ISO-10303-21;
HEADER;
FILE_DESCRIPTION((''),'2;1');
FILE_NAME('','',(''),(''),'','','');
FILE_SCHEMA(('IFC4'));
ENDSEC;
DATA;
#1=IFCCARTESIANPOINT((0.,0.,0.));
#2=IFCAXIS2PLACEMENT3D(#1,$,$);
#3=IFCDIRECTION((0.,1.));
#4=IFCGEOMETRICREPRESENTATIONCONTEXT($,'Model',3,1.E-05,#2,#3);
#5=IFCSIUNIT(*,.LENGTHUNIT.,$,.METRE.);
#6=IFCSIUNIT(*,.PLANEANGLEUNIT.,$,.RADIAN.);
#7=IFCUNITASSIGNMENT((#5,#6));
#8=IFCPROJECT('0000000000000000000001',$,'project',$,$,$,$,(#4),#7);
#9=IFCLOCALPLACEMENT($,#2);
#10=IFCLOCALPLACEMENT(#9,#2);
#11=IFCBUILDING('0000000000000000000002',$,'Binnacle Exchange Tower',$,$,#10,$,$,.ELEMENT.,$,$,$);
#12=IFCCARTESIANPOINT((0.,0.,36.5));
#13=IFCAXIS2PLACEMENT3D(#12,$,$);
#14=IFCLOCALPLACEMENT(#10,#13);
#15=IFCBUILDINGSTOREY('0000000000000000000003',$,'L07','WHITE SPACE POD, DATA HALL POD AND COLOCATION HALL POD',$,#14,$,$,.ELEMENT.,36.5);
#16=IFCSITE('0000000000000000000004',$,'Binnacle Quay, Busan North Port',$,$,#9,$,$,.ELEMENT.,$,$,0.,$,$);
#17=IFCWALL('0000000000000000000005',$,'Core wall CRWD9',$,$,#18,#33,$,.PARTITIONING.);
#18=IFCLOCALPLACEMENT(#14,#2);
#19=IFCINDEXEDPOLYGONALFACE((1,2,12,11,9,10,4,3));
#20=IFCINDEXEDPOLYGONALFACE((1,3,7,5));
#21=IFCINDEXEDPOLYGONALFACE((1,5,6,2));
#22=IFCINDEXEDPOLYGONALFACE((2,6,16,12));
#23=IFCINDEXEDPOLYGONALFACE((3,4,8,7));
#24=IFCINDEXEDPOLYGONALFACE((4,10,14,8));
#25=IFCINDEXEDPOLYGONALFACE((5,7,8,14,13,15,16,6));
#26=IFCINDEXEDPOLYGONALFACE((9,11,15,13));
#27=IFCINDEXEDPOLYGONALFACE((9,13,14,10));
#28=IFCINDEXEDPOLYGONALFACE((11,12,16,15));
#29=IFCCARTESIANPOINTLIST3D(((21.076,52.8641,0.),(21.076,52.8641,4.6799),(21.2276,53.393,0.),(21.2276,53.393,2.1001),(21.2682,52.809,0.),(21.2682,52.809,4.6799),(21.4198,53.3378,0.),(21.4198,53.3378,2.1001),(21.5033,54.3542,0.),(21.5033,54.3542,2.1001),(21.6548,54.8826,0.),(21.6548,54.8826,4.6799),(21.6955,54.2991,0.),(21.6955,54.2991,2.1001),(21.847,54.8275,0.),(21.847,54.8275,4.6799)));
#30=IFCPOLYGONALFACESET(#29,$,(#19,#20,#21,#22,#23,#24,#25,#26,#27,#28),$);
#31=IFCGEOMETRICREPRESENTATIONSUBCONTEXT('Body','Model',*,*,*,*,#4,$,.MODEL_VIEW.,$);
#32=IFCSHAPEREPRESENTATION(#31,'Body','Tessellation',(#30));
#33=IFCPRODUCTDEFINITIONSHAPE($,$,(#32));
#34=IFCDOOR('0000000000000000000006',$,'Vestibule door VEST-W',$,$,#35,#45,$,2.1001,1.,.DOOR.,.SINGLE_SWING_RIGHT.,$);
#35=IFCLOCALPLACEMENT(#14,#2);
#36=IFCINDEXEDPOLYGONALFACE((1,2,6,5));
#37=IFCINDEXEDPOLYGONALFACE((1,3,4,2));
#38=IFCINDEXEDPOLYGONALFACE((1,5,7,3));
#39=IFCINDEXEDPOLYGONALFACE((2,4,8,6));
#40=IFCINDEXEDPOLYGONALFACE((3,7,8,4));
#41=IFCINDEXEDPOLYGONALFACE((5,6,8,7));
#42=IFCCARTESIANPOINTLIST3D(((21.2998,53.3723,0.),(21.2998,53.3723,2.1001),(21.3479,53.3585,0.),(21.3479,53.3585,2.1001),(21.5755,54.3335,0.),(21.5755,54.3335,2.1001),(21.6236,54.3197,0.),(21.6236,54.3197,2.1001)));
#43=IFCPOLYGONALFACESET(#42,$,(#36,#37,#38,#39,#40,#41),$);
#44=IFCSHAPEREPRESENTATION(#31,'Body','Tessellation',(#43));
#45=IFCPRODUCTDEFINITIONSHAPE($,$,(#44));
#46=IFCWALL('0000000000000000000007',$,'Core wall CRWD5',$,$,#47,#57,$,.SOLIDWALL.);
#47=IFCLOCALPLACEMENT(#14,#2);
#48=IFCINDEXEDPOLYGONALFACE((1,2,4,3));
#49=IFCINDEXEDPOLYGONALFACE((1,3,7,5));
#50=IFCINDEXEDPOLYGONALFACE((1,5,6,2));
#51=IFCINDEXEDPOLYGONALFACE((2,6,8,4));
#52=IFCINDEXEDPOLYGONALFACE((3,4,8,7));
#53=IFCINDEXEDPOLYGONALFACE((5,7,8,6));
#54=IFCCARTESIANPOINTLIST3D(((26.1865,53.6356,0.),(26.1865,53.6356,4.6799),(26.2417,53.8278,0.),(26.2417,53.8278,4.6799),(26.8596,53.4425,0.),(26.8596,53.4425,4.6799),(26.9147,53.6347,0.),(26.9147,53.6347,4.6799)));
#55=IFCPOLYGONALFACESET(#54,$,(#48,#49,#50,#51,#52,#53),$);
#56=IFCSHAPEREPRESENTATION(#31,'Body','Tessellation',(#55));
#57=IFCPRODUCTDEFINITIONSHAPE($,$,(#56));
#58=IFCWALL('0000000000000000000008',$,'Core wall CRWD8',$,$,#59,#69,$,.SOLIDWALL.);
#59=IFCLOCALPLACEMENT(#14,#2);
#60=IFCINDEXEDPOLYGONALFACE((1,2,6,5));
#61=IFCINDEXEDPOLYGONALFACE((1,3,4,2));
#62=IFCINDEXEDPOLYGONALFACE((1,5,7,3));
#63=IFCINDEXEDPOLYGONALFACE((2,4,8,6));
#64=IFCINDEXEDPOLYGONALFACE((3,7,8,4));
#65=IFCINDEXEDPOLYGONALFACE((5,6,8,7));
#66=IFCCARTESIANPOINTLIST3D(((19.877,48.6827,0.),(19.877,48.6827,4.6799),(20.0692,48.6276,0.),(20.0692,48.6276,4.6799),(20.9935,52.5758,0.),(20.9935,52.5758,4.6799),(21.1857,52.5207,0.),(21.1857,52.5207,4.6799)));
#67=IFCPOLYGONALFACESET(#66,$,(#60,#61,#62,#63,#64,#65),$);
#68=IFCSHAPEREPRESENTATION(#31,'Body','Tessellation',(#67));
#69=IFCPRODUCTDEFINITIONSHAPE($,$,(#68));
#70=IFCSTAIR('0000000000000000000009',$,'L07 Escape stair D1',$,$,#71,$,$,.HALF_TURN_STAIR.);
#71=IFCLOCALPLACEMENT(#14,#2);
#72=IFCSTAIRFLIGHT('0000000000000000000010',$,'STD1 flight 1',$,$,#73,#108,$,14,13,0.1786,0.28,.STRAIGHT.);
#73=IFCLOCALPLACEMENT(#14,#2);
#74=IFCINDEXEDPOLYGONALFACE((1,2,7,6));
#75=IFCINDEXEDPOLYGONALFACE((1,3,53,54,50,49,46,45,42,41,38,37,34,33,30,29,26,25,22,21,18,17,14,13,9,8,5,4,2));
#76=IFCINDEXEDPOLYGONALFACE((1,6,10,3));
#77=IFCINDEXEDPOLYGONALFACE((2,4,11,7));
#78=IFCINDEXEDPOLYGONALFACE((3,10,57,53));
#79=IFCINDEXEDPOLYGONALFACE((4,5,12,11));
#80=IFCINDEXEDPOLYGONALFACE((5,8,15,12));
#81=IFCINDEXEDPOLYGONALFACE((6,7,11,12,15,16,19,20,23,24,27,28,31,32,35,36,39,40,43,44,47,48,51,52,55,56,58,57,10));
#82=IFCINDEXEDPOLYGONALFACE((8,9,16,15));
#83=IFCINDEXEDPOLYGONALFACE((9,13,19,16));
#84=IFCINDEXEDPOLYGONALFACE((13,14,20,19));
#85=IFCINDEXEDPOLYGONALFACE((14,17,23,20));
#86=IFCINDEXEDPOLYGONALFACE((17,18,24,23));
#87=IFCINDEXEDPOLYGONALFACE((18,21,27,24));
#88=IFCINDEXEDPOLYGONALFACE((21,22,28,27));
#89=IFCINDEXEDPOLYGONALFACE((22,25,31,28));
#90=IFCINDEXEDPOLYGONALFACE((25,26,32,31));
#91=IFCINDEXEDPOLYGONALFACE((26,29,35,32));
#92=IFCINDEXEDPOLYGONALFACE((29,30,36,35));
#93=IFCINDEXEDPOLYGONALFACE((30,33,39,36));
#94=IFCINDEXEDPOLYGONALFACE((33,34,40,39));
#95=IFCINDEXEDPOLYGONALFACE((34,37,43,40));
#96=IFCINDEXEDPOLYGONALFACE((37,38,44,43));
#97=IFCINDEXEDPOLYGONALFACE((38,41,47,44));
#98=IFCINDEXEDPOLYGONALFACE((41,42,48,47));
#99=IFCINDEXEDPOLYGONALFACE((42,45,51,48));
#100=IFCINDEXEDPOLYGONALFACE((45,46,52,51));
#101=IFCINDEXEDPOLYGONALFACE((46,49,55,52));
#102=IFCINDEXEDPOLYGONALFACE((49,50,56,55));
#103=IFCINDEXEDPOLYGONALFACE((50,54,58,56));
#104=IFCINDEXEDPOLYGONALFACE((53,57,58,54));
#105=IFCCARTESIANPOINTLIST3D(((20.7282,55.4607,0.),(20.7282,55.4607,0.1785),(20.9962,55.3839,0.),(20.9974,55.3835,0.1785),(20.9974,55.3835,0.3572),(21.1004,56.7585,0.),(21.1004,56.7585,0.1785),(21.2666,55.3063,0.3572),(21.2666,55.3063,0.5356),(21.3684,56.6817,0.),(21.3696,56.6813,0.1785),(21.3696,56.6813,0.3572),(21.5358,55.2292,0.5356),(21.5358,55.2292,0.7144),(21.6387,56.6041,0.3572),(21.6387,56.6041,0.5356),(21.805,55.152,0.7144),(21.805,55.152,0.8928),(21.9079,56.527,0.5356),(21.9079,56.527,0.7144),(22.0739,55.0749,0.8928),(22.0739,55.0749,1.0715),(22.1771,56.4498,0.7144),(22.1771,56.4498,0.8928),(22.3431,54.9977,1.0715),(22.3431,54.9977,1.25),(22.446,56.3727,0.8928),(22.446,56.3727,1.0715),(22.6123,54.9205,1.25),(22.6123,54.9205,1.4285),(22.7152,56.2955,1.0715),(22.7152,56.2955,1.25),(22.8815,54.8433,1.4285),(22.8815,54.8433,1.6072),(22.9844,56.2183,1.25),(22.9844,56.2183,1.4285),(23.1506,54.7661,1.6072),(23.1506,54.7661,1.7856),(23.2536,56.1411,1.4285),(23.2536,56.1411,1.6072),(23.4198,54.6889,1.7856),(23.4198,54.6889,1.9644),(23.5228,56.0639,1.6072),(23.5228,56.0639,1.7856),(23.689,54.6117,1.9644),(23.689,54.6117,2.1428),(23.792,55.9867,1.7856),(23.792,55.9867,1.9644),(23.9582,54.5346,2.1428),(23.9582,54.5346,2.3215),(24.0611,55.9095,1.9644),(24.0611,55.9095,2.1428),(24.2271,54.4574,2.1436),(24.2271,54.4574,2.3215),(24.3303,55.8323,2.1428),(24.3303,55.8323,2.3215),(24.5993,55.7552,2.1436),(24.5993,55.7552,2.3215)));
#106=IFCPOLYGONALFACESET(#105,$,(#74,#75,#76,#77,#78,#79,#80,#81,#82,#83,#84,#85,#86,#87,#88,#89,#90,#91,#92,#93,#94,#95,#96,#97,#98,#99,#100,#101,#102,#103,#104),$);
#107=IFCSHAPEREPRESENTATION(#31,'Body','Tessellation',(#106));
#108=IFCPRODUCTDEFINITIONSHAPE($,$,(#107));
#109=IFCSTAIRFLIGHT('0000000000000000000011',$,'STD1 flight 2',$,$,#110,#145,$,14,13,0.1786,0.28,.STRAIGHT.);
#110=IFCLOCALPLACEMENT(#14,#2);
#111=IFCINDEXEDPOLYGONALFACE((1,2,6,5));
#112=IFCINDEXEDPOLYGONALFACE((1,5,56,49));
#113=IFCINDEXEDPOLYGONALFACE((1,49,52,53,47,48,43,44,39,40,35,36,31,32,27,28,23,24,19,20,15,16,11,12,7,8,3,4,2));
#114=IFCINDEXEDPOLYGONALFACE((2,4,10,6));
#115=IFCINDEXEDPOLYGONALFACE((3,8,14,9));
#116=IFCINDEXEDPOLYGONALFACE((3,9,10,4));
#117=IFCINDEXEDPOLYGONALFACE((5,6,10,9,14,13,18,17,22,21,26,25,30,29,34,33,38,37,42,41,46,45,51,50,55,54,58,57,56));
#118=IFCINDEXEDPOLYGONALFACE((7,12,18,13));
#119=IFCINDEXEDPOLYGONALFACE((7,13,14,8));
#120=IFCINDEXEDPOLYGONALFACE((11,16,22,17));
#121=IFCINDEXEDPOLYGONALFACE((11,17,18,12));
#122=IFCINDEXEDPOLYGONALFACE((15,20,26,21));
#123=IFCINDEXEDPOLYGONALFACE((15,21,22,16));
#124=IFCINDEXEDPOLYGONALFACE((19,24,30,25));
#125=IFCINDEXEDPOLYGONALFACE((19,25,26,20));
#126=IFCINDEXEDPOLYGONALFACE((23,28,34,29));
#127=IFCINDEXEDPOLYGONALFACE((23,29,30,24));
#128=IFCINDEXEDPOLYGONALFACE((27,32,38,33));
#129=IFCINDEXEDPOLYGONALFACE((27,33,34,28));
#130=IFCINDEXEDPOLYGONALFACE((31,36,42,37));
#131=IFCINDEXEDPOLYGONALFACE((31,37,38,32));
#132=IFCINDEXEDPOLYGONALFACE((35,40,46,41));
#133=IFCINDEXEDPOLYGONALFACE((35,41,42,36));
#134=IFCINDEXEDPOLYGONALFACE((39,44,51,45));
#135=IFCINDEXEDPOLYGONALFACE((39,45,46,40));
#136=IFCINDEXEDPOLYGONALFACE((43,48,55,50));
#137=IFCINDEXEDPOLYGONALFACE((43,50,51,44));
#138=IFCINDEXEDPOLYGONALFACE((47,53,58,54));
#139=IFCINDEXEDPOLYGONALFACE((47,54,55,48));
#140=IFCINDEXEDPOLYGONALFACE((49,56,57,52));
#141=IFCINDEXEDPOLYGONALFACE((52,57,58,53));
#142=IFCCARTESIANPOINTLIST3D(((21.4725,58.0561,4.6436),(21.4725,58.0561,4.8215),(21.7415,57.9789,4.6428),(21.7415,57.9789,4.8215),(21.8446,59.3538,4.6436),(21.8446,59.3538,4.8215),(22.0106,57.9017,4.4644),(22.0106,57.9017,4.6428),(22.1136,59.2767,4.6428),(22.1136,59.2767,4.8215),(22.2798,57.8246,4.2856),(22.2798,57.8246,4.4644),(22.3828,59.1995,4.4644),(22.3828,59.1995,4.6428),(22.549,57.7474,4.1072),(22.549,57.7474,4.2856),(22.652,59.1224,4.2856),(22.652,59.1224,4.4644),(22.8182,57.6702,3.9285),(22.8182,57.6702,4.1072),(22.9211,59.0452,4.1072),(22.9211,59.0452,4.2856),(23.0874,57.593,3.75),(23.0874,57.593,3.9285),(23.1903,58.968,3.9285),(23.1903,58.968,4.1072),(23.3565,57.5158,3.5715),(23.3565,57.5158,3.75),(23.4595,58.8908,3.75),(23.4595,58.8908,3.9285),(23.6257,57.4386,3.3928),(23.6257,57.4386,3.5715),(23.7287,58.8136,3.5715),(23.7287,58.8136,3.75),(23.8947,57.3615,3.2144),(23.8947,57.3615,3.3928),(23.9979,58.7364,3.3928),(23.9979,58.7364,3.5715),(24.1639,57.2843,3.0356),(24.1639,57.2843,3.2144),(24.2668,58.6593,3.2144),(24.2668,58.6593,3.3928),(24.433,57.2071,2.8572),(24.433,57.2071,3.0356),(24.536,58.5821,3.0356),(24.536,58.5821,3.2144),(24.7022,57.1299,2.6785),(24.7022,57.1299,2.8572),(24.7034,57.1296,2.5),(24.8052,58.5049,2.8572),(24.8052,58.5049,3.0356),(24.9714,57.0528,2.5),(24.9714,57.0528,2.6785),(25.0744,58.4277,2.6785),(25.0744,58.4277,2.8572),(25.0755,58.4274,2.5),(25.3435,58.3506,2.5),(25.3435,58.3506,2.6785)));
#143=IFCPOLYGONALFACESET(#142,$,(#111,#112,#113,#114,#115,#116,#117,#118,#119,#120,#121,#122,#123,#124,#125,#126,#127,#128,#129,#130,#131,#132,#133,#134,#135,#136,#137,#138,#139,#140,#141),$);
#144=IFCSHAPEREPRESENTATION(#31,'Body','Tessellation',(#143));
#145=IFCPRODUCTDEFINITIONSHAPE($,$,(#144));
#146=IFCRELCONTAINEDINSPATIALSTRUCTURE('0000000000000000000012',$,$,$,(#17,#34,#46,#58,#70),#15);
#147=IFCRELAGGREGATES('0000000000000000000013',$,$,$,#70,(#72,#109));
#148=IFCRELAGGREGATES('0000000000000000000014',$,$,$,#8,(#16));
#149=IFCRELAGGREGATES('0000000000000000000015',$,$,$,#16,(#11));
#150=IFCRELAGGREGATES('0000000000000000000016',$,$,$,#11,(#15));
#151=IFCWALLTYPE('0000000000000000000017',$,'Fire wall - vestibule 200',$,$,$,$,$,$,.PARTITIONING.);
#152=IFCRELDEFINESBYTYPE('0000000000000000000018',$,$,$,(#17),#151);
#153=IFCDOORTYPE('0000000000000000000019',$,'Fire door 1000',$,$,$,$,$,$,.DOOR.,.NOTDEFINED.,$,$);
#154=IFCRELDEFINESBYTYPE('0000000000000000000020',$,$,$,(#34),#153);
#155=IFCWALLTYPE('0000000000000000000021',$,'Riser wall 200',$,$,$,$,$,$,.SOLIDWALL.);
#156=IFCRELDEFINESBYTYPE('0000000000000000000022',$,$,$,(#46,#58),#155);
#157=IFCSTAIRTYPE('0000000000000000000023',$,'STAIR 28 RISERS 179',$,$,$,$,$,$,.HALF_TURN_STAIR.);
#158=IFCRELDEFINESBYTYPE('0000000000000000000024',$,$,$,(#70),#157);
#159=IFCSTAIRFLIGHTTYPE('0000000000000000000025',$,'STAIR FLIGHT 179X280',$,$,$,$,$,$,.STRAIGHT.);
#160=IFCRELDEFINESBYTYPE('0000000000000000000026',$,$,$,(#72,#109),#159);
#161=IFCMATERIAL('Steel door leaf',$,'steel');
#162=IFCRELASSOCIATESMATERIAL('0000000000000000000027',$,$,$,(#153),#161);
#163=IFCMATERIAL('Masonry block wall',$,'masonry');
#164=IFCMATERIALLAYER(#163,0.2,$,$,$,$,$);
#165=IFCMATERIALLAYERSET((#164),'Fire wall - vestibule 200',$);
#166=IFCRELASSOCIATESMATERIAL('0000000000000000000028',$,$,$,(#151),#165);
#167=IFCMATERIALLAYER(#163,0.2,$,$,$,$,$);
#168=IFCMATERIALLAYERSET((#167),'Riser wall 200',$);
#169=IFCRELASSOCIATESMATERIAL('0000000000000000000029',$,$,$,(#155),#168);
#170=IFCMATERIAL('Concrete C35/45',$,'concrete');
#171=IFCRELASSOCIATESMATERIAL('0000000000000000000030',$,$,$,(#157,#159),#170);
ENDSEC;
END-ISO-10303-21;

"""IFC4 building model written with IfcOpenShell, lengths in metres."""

from ifc_helpers import new_model, si_unit, direction, frame, frame_2d, origin, place, context, subcontext, project, spatial, polyline, rectangle, outline, extrude, material, layer, layer_set, type_object, element, fill, aggregate, save


model = new_model("IFC4")

# Units and contexts
model_context = context("Model", 3, precision=1e-05, world=origin(), true_north=direction((0.0, 1.0)))
body_context = subcontext(model_context, "Body", "Model", "MODEL_VIEW")
ifc_project = project(units=[si_unit("LENGTHUNIT", "METRE"), si_unit("PLANEANGLEUNIT", "RADIAN")], contexts=[model_context])

# Site, building, storey
site_placement = place(None, origin())
site = spatial("IfcSite", under=ifc_project, at=site_placement, Name="Binnacle Quay, Busan North Port", CompositionType="ELEMENT", RefElevation=0.0)
building_placement = place(site_placement, origin())
building = spatial("IfcBuilding", under=site, at=building_placement, Name="Binnacle Exchange Tower", CompositionType="ELEMENT")
storey_placement = place(building_placement, frame((0.0, 0.0, 36.5)))
storey = spatial("IfcBuildingStorey", under=building, at=storey_placement, Name="L07", Description="WHITE SPACE POD, DATA HALL POD AND COLOCATION HALL POD", CompositionType="ELEMENT", Elevation=36.5)

# Shared definitions
ifc_material_1 = material(Name="Steel door leaf", Category="steel")

# Shared definitions
door_type_1 = type_object("IfcDoorType", Name="Fire door 1000", OperationType="NOTDEFINED", PredefinedType="DOOR", material=ifc_material_1)

# Shared definitions
ifc_material_2 = material(Name="Masonry block wall", Category="masonry")

# Wall, opening, door
ifc_layer_1 = layer(ifc_material_2, 0.2)
ifc_layer_set_1 = layer_set([ifc_layer_1], Name="Fire wall - vestibule 200")
wall_type_1 = type_object("IfcWallType", Name="Fire wall - vestibule 200", PredefinedType="PARTITIONING", material=ifc_layer_set_1)
wall_1_placement = place(storey_placement, frame((21.1721, 52.8367, 0.0), z_axis=(0.0, 0.0, 1.0), x_axis=(0.275658, 0.961256, 0.0)))
wall_1 = element("IfcWall", 1, at=wall_1_placement, inside=storey, type_object=wall_type_1, Name="Core wall CRWD9", PredefinedType="PARTITIONING", context=body_context, shape_type="SweptSolid", body=[
    extrude(rectangle(XDim=2.0999, YDim=0.2, at=frame_2d((1.0498, 0.0))), origin(), (0.0, 0.0, 1.0), 4.6799),
])
opening_1_placement = place(wall_1_placement, frame((0.55, 0.0, 0.0)))
opening_1 = element("IfcOpeningElement", 2, at=opening_1_placement, cuts=wall_1, PredefinedType="OPENING", context=body_context, shape_type="SweptSolid", body=[
    extrude(rectangle(XDim=1.0, YDim=2.1001, at=frame_2d((0.5, 1.05))), frame((0.0, 0.1099, 0.0), z_axis=(0.0, -1.0, 0.0), x_axis=(1.0, 0.0, 0.0)), (0.0, 0.0, 1.0), 0.22),
])
door_1_placement = place(opening_1_placement, origin())
door_1 = element("IfcDoor", 3, at=door_1_placement, inside=storey, type_object=door_type_1, Name="Vestibule door VEST-W", OperationType="SINGLE_SWING_RIGHT", OverallHeight=2.1001, OverallWidth=1.0, PredefinedType="DOOR", context=body_context, shape_type="SweptSolid", body=[
    extrude(rectangle(XDim=1.0, YDim=2.1001, at=frame_2d((0.5, 1.05))), frame((0.0, 0.0249, 0.0), z_axis=(0.0, -1.0, 0.0), x_axis=(1.0, 0.0, 0.0)), (0.0, 0.0, 1.0), 0.05),
])
fill(opening_1, door_1)

# Walls
ifc_layer_2 = layer(ifc_material_2, 0.2)
ifc_layer_set_2 = layer_set([ifc_layer_2], Name="Riser wall 200")
wall_type_2 = type_object("IfcWallType", Name="Riser wall 200", PredefinedType="SOLIDWALL", material=ifc_layer_set_2)
wall_2_placement = place(storey_placement, frame((26.2141, 53.7317, 0.0), z_axis=(0.0, 0.0, 1.0), x_axis=(0.961221, -0.27578, 0.0)))
element("IfcWall", 4, at=wall_2_placement, inside=storey, type_object=wall_type_2, Name="Core wall CRWD5", PredefinedType="SOLIDWALL", context=body_context, shape_type="SweptSolid", body=[
    extrude(rectangle(XDim=0.7002, YDim=0.2, at=frame_2d((0.3501, 0.0))), origin(), (0.0, 0.0, 1.0), 4.6799),
])
wall_3_placement = place(storey_placement, frame((19.9731, 48.6553, 0.0), z_axis=(0.0, 0.0, 1.0), x_axis=(0.275668, 0.961253, 0.0)))
element("IfcWall", 5, at=wall_3_placement, inside=storey, type_object=wall_type_2, Name="Core wall CRWD8", PredefinedType="SOLIDWALL", context=body_context, shape_type="SweptSolid", body=[
    extrude(rectangle(XDim=4.05, YDim=0.2, at=frame_2d((2.0249, 0.0))), origin(), (0.0, 0.0, 1.0), 4.6799),
])

# Stair, stair flights
ifc_material_3 = material(Name="Concrete C35/45", Category="concrete")
stair_type = type_object("IfcStairType", Name="STAIR 28 RISERS 179", PredefinedType="HALF_TURN_STAIR", material=ifc_material_3)
stair_placement = place(storey_placement, origin())
stair = element("IfcStair", 6, at=stair_placement, inside=storey, type_object=stair_type, Name="L07 Escape stair D1", PredefinedType="HALF_TURN_STAIR")
stair_flight_type = type_object("IfcStairFlightType", Name="STAIR FLIGHT 179X280", PredefinedType="STRAIGHT", material=ifc_material_3)
stair_flight_1_placement = place(storey_placement, frame((20.9143, 56.1096, 0.0), z_axis=(0.0, 0.0, 1.0), x_axis=(0.961262, -0.275637, 0.0)))
stair_flight_1 = element("IfcStairFlight", 7, at=stair_flight_1_placement, type_object=stair_flight_type, Name="STD1 flight 1", NumberOfRisers=14, NumberOfTreads=13, PredefinedType="STRAIGHT", RiserHeight=0.1786, TreadLength=0.28, context=body_context, shape_type="SweptSolid", body=[
    extrude(outline(polyline([(0.0, 0.0), (0.0, 0.1785), (0.28, 0.1785), (0.28, 0.3572), (0.5601, 0.3572), (0.5601, 0.5356), (0.8401, 0.5356), (0.8401, 0.7144), (1.1201, 0.7144), (1.1201, 0.8928), (1.3999, 0.8928), (1.3999, 1.0715), (1.6799, 1.0715), (1.6799, 1.25), (1.96, 1.25), (1.96, 1.4285), (2.24, 1.4285), (2.24, 1.6072), (2.52, 1.6072), (2.52, 1.7856), (2.8, 1.7856), (2.8, 1.9644), (3.0801, 1.9644), (3.0801, 2.1428), (3.3601, 2.1428), (3.3601, 2.3215), (3.6399, 2.3215), (3.6399, 2.5), (3.6399, 2.1436), (0.2788, 0.0), (0.0, 0.0)])), frame((0.0, 0.675, 0.0), z_axis=(0.0, -1.0, 0.0), x_axis=(1.0, 0.0, 0.0)), (0.0, 0.0, 1.0), 1.3501),
])
stair_flight_2_placement = place(storey_placement, frame((25.1575, 57.7017, 2.5), z_axis=(0.0, 0.0, 1.0), x_axis=(-0.961262, 0.275637, 0.0)))
stair_flight_2 = element("IfcStairFlight", 8, at=stair_flight_2_placement, type_object=stair_flight_type, Name="STD1 flight 2", NumberOfRisers=14, NumberOfTreads=13, PredefinedType="STRAIGHT", RiserHeight=0.1786, TreadLength=0.28, context=body_context, shape_type="SweptSolid", body=[
    extrude(outline(polyline([(0.0, 0.0), (0.0, 0.1785), (0.28, 0.1785), (0.28, 0.3572), (0.5601, 0.3572), (0.5601, 0.5356), (0.8401, 0.5356), (0.8401, 0.7144), (1.1201, 0.7144), (1.1201, 0.8928), (1.3999, 0.8928), (1.3999, 1.0715), (1.6799, 1.0715), (1.6799, 1.25), (1.96, 1.25), (1.96, 1.4285), (2.24, 1.4285), (2.24, 1.6072), (2.52, 1.6072), (2.52, 1.7856), (2.8, 1.7856), (2.8, 1.9644), (3.0801, 1.9644), (3.0801, 2.1428), (3.3601, 2.1428), (3.3601, 2.3215), (3.6399, 2.3215), (3.6399, 2.5), (3.6399, 2.1436), (0.2788, 0.0), (0.0, 0.0)])), frame((0.0, 0.675, 0.0), z_axis=(0.0, -1.0, 0.0), x_axis=(1.0, 0.0, 0.0)), (0.0, 0.0, 1.0), 1.3501),
])
aggregate(stair, [stair_flight_1, stair_flight_2])

save(model, "model.ifc")
